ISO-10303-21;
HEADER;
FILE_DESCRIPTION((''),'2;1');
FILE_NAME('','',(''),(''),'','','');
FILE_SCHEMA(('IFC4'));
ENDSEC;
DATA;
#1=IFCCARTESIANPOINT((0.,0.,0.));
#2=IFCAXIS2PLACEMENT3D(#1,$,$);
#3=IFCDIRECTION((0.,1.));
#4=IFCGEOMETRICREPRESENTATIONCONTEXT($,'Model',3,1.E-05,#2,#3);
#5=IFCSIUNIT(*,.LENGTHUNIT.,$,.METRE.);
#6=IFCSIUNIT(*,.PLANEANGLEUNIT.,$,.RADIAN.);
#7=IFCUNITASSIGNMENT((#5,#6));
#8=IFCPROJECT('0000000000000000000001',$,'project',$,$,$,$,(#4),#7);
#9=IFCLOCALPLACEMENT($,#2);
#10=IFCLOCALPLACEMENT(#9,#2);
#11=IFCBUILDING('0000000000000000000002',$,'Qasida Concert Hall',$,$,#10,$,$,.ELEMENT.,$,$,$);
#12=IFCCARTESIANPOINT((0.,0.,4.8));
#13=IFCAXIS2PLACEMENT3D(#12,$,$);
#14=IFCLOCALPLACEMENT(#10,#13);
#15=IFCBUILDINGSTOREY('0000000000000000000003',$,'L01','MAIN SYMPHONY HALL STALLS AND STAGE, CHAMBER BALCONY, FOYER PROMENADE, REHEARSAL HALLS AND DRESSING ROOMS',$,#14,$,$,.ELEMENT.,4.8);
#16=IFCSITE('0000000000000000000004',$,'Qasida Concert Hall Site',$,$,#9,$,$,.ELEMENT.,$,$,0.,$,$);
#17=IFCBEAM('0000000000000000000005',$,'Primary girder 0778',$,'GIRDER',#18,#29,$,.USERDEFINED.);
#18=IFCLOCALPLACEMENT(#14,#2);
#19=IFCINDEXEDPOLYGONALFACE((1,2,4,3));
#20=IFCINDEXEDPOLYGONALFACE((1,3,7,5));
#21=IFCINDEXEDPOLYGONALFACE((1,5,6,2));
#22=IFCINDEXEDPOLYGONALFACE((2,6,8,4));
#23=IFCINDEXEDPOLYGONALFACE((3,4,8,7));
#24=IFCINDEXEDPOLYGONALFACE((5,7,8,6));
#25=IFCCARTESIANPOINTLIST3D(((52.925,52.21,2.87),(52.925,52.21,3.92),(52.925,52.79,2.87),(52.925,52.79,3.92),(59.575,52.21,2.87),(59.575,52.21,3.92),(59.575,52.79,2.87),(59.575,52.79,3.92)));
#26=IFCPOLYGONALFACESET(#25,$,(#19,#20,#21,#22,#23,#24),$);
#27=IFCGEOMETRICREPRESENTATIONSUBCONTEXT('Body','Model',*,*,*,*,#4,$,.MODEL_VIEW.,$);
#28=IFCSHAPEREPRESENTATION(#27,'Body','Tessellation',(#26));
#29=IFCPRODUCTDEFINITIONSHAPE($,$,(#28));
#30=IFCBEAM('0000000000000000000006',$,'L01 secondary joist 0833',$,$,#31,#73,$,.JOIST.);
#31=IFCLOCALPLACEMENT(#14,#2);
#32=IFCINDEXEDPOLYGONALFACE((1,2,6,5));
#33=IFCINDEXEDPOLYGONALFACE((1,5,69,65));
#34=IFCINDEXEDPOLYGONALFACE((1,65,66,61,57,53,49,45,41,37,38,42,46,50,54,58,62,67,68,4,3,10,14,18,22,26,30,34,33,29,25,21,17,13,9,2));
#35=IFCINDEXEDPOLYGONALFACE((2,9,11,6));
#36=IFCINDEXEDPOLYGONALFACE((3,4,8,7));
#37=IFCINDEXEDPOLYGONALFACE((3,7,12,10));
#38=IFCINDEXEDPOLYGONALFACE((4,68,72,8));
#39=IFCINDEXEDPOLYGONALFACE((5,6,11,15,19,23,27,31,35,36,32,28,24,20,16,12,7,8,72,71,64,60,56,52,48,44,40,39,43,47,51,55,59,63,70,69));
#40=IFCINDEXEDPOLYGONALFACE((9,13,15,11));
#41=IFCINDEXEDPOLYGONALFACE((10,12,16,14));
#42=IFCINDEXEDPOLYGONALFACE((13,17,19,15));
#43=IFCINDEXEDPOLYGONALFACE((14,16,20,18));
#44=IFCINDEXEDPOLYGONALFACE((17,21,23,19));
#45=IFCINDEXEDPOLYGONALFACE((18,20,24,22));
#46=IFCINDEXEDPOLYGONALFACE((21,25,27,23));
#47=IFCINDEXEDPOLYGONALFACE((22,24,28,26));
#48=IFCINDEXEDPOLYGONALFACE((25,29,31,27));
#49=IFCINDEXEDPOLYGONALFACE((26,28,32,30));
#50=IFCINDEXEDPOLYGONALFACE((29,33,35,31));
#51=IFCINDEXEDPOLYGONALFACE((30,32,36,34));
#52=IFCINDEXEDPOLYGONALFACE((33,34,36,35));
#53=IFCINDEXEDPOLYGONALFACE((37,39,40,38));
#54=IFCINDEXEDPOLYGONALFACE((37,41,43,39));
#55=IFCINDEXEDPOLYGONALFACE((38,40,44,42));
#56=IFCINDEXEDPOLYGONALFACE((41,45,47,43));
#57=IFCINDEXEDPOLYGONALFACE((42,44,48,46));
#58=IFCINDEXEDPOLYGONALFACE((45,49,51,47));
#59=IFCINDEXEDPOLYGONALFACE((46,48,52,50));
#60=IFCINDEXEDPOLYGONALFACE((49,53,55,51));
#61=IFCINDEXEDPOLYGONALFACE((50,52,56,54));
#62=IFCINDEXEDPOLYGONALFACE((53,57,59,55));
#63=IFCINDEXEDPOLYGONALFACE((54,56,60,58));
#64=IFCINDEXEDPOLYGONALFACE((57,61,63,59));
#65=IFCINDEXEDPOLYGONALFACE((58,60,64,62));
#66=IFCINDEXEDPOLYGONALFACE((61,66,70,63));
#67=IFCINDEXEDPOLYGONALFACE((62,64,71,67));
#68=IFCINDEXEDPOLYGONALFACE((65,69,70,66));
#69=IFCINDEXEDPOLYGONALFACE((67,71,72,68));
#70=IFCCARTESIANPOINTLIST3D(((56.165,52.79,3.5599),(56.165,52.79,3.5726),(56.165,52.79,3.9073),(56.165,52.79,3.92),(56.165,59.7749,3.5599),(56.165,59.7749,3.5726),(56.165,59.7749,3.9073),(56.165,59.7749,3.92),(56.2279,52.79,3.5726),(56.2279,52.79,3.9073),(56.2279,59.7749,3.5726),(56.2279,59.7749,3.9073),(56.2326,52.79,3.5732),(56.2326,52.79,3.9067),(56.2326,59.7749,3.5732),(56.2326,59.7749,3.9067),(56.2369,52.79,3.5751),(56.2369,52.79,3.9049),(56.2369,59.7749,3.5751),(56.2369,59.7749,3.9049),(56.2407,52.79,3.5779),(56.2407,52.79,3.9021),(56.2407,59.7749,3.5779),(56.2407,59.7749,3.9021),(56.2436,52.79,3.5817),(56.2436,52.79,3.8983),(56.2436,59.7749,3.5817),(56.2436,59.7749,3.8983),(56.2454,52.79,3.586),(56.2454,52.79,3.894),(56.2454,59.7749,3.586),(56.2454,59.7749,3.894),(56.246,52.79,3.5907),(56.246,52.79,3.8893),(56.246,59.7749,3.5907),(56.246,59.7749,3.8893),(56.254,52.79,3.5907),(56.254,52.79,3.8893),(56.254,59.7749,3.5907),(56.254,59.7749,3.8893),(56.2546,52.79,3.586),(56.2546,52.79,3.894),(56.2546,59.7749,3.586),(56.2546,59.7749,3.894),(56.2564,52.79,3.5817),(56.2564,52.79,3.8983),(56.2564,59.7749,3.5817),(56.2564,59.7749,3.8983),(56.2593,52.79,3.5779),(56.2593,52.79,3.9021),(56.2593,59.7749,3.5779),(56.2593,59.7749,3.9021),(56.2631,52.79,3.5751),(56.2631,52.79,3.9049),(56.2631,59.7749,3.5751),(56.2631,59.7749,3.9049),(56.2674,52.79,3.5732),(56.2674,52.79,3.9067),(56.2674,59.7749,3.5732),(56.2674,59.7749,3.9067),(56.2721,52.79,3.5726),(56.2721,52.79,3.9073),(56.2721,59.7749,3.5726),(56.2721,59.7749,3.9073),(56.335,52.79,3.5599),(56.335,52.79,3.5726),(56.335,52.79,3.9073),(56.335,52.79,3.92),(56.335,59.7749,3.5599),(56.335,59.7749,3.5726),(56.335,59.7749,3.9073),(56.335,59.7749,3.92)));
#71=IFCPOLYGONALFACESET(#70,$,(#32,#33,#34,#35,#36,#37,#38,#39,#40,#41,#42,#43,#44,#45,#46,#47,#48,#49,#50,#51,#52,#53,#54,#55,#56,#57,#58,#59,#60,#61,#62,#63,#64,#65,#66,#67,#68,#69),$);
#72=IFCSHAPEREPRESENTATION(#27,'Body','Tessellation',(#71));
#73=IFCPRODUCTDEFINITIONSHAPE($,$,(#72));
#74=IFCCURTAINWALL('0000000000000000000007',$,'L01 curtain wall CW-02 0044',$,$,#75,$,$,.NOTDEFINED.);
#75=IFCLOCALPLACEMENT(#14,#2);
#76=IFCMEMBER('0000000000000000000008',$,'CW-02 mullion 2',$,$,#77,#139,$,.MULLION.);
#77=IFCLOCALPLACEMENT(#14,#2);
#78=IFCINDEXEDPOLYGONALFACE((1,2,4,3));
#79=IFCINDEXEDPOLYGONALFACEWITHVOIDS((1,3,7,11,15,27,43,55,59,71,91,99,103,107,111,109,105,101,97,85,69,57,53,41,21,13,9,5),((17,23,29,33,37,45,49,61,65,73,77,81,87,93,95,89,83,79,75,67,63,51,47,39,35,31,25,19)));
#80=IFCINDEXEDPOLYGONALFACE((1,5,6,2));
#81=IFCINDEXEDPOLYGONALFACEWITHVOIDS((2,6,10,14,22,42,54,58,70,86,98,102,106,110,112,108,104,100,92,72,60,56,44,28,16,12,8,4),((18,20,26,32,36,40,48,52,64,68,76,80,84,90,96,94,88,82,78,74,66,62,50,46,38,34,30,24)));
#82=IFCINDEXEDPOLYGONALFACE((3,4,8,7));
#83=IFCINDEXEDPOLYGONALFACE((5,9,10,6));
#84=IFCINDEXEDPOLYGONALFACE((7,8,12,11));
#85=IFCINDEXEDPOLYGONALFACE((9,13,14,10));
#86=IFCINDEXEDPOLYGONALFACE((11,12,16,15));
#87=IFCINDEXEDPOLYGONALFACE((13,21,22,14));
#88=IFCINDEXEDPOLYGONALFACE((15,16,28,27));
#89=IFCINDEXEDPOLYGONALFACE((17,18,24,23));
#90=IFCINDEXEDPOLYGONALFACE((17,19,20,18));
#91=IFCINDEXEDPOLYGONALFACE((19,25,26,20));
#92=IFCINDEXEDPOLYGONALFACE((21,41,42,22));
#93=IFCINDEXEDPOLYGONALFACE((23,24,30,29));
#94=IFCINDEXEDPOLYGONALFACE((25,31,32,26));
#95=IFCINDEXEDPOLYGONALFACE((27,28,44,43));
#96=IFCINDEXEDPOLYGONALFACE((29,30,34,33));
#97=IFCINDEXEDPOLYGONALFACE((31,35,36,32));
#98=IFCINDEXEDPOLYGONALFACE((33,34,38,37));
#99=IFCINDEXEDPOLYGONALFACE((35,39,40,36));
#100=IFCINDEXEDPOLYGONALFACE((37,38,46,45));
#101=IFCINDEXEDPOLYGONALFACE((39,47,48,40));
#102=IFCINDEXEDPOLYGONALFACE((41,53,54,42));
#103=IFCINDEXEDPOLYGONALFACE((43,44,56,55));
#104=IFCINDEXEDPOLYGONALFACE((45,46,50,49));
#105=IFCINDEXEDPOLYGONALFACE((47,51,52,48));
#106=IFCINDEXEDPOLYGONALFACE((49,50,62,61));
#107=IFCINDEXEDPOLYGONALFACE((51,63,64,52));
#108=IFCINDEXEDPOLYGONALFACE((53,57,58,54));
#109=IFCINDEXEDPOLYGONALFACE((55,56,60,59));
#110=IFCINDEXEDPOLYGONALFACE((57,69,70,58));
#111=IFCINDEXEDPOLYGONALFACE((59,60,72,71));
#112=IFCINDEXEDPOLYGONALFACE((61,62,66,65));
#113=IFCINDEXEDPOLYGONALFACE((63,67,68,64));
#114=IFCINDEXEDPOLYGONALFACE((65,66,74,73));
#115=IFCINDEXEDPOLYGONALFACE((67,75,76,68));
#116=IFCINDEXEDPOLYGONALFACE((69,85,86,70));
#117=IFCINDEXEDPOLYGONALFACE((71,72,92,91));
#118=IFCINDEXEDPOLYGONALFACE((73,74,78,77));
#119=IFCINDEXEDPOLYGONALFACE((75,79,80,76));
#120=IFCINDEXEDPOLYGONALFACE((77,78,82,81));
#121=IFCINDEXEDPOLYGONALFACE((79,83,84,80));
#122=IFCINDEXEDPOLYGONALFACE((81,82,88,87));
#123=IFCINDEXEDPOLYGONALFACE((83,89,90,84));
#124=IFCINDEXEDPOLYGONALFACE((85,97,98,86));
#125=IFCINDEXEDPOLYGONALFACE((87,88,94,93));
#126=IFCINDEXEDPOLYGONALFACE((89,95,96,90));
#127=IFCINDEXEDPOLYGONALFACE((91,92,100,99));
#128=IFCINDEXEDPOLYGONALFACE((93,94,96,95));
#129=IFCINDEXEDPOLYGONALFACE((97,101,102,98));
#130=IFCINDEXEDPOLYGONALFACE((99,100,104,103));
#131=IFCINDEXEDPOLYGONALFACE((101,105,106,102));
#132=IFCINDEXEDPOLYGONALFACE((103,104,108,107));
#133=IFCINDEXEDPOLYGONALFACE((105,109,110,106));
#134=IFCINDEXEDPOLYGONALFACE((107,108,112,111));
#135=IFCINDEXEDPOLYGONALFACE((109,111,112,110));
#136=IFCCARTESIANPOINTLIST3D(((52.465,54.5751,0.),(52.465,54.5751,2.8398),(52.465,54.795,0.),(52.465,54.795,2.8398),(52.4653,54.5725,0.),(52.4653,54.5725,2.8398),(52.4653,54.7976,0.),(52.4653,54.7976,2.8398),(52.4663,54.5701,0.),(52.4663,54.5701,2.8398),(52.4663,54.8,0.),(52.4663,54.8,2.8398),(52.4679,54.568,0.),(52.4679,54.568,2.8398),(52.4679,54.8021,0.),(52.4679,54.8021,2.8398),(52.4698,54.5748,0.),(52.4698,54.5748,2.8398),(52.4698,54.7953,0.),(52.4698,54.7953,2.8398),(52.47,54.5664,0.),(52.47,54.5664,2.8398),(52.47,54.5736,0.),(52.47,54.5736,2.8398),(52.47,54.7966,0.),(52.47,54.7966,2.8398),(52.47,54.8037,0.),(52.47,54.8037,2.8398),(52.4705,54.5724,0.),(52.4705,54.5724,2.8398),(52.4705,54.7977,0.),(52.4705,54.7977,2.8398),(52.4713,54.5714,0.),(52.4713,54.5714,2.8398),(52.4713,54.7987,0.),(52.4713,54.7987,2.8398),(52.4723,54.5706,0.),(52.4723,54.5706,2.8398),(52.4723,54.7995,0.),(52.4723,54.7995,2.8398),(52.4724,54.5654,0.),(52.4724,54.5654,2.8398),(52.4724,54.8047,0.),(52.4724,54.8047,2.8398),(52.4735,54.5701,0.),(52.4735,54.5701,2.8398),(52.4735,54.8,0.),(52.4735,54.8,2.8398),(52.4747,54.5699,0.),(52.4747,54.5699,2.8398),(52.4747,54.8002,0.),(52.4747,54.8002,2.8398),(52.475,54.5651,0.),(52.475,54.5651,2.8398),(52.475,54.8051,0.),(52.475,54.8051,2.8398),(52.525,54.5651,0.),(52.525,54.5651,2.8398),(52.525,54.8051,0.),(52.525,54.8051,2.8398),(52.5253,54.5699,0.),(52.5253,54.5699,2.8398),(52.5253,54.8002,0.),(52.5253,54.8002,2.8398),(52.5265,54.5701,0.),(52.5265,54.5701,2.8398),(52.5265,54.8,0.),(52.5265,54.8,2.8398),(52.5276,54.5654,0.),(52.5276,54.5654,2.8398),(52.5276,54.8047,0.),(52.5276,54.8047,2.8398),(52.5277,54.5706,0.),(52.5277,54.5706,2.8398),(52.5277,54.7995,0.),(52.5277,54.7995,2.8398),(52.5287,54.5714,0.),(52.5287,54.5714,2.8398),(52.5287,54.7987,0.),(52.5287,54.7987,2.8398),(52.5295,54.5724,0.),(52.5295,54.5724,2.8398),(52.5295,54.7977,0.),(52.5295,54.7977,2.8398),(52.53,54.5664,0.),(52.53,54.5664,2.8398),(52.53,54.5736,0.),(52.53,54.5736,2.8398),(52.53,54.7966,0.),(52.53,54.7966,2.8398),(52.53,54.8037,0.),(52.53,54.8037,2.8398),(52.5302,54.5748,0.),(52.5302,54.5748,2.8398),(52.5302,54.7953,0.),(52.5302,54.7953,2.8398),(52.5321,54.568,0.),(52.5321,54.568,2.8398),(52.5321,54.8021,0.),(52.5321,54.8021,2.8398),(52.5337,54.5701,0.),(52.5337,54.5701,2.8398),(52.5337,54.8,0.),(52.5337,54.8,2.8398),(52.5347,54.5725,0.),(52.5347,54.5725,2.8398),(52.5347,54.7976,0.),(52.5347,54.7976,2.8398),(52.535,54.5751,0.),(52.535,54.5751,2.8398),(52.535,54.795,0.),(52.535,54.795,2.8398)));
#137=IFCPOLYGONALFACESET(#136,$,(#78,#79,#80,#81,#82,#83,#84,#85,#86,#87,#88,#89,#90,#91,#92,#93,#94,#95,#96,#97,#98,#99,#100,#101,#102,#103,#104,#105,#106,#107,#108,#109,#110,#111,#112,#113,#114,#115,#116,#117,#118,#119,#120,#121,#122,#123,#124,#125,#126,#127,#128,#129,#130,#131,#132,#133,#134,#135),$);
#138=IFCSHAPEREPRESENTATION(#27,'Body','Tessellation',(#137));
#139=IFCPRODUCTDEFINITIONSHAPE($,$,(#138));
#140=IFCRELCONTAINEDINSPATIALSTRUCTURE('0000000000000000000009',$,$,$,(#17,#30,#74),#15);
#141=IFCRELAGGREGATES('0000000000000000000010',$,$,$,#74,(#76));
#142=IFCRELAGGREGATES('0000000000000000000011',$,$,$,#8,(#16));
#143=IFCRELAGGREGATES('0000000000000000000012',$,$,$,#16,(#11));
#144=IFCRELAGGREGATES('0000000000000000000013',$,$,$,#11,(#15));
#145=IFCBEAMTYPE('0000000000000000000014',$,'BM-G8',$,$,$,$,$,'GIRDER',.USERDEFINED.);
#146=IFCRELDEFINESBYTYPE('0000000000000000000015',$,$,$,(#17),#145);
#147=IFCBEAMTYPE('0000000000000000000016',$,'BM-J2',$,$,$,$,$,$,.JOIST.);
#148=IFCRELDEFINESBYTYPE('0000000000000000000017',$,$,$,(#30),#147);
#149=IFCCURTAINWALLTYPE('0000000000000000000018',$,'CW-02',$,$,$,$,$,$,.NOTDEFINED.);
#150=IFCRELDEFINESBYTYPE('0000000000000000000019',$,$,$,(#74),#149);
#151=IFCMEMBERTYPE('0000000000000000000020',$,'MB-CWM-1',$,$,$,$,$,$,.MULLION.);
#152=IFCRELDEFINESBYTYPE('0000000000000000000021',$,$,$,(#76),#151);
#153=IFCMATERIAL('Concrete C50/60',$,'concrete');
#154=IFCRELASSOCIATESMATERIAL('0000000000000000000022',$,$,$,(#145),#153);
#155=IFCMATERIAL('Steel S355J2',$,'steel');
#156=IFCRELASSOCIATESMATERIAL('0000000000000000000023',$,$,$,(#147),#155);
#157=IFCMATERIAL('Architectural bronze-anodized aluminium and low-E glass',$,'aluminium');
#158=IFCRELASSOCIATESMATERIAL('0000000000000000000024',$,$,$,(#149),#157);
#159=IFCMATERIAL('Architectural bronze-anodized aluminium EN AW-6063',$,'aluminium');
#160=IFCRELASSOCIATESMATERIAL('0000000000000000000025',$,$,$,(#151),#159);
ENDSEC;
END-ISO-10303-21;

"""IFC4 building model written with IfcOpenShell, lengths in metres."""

from ifc_helpers import new_model, si_unit, direction, frame, origin, origin_2d, place, context, subcontext, project, spatial, rectangle, hollow_rectangle, i_section, extrude, material, material_profile, profile_set, type_object, element, aggregate, save


model = new_model("IFC4")

# Units and contexts
model_context = context("Model", 3, precision=1e-05, world=origin(), true_north=direction((0.0, 1.0)))
body_context = subcontext(model_context, "Body", "Model", "MODEL_VIEW")
ifc_project = project(units=[si_unit("LENGTHUNIT", "METRE"), si_unit("PLANEANGLEUNIT", "RADIAN")], contexts=[model_context])

# Site, building, storey
site_placement = place(None, origin())
site = spatial("IfcSite", under=ifc_project, at=site_placement, Name="Qasida Concert Hall Site", CompositionType="ELEMENT", RefElevation=0.0)
building_placement = place(site_placement, origin())
building = spatial("IfcBuilding", under=site, at=building_placement, Name="Qasida Concert Hall", CompositionType="ELEMENT")
storey_placement = place(building_placement, frame((0.0, 0.0, 4.8)))
storey = spatial("IfcBuildingStorey", under=building, at=storey_placement, Name="L01", Description="MAIN SYMPHONY HALL STALLS AND STAGE, CHAMBER BALCONY, FOYER PROMENADE, REHEARSAL HALLS AND DRESSING ROOMS", CompositionType="ELEMENT", Elevation=4.8)

# Beams
ifc_material_1 = material(Name="Concrete C50/60", Category="concrete")
ifc_material_profile_1 = material_profile(ifc_material_1, rectangle(XDim=0.5801, YDim=1.05, at=origin_2d()), Name="RC 580x1050")
ifc_profile_set_1 = profile_set([ifc_material_profile_1], Name="Concrete C50/60")
beam_type_1 = type_object("IfcBeamType", Name="BM-G8", ElementType="GIRDER", PredefinedType="USERDEFINED", material=ifc_profile_set_1)
beam_1_placement = place(storey_placement, frame((52.925, 52.5, 3.395), z_axis=(1.0, 0.0, 0.0), x_axis=(0.0, 1.0, 0.0)))
element("IfcBeam", 1, at=beam_1_placement, inside=storey, type_object=beam_type_1, Name="Primary girder 0778", ObjectType="GIRDER", PredefinedType="USERDEFINED", context=body_context, shape_type="SweptSolid", body=[
    extrude(rectangle(XDim=0.5801, YDim=1.05, at=origin_2d()), origin(), (0.0, 0.0, 1.0), 6.6499),
])
ifc_material_2 = material(Name="Steel S355J2", Category="steel")
ifc_material_profile_2 = material_profile(ifc_material_2, i_section(OverallWidth=0.1699, OverallDepth=0.3601, WebThickness=0.0081, FlangeThickness=0.0127, FilletRadius=0.0181, at=origin_2d()), Name="IPE 360")
ifc_profile_set_2 = profile_set([ifc_material_profile_2], Name="Steel S355J2")
beam_type_2 = type_object("IfcBeamType", Name="BM-J2", PredefinedType="JOIST", material=ifc_profile_set_2)
beam_2_placement = place(storey_placement, frame((56.25, 52.79, 3.74), z_axis=(0.0, 1.0, 0.0), x_axis=(-1.0, 0.0, 0.0)))
element("IfcBeam", 2, at=beam_2_placement, inside=storey, type_object=beam_type_2, Name="L01 secondary joist 0833", PredefinedType="JOIST", context=body_context, shape_type="SweptSolid", body=[
    extrude(i_section(OverallWidth=0.1699, OverallDepth=0.3601, WebThickness=0.0081, FlangeThickness=0.0127, FilletRadius=0.0181, at=origin_2d()), origin(), (0.0, 0.0, 1.0), 6.9849),
])

# Curtain wall, member
ifc_material_3 = material(Name="Architectural bronze-anodized aluminium and low-E glass", Category="aluminium")
curtain_wall_type = type_object("IfcCurtainWallType", Name="CW-02", PredefinedType="NOTDEFINED", material=ifc_material_3)
curtain_wall_placement = place(storey_placement, origin())
curtain_wall = element("IfcCurtainWall", 3, at=curtain_wall_placement, inside=storey, type_object=curtain_wall_type, Name="L01 curtain wall CW-02 0044", PredefinedType="NOTDEFINED")
ifc_material_4 = material(Name="Architectural bronze-anodized aluminium EN AW-6063", Category="aluminium")
ifc_material_profile_3 = material_profile(ifc_material_4, hollow_rectangle(XDim=0.0701, YDim=0.24, WallThickness=0.0049, InnerFilletRadius=0.0049, OuterFilletRadius=0.01, at=origin_2d()), Name="CWM 240x70x5")
ifc_profile_set_3 = profile_set([ifc_material_profile_3], Name="Architectural bronze-anodized aluminium EN AW-6063")
member_type_1 = type_object("IfcMemberType", Name="MB-CWM-1", PredefinedType="MULLION", material=ifc_profile_set_3)
member_1_placement = place(storey_placement, frame((52.5, 54.6851, 0.0), z_axis=(0.0, 0.0, 1.0), x_axis=(-1.0, 0.0, 0.0)))
member_1 = element("IfcMember", 4, at=member_1_placement, type_object=member_type_1, Name="CW-02 mullion 2", PredefinedType="MULLION", context=body_context, shape_type="SweptSolid", body=[
    extrude(hollow_rectangle(XDim=0.0701, YDim=0.24, WallThickness=0.0049, InnerFilletRadius=0.0049, OuterFilletRadius=0.01, at=origin_2d()), origin(), (0.0, 0.0, 1.0), 2.8398),
])
aggregate(curtain_wall, [member_1])

save(model, "model.ifc")
